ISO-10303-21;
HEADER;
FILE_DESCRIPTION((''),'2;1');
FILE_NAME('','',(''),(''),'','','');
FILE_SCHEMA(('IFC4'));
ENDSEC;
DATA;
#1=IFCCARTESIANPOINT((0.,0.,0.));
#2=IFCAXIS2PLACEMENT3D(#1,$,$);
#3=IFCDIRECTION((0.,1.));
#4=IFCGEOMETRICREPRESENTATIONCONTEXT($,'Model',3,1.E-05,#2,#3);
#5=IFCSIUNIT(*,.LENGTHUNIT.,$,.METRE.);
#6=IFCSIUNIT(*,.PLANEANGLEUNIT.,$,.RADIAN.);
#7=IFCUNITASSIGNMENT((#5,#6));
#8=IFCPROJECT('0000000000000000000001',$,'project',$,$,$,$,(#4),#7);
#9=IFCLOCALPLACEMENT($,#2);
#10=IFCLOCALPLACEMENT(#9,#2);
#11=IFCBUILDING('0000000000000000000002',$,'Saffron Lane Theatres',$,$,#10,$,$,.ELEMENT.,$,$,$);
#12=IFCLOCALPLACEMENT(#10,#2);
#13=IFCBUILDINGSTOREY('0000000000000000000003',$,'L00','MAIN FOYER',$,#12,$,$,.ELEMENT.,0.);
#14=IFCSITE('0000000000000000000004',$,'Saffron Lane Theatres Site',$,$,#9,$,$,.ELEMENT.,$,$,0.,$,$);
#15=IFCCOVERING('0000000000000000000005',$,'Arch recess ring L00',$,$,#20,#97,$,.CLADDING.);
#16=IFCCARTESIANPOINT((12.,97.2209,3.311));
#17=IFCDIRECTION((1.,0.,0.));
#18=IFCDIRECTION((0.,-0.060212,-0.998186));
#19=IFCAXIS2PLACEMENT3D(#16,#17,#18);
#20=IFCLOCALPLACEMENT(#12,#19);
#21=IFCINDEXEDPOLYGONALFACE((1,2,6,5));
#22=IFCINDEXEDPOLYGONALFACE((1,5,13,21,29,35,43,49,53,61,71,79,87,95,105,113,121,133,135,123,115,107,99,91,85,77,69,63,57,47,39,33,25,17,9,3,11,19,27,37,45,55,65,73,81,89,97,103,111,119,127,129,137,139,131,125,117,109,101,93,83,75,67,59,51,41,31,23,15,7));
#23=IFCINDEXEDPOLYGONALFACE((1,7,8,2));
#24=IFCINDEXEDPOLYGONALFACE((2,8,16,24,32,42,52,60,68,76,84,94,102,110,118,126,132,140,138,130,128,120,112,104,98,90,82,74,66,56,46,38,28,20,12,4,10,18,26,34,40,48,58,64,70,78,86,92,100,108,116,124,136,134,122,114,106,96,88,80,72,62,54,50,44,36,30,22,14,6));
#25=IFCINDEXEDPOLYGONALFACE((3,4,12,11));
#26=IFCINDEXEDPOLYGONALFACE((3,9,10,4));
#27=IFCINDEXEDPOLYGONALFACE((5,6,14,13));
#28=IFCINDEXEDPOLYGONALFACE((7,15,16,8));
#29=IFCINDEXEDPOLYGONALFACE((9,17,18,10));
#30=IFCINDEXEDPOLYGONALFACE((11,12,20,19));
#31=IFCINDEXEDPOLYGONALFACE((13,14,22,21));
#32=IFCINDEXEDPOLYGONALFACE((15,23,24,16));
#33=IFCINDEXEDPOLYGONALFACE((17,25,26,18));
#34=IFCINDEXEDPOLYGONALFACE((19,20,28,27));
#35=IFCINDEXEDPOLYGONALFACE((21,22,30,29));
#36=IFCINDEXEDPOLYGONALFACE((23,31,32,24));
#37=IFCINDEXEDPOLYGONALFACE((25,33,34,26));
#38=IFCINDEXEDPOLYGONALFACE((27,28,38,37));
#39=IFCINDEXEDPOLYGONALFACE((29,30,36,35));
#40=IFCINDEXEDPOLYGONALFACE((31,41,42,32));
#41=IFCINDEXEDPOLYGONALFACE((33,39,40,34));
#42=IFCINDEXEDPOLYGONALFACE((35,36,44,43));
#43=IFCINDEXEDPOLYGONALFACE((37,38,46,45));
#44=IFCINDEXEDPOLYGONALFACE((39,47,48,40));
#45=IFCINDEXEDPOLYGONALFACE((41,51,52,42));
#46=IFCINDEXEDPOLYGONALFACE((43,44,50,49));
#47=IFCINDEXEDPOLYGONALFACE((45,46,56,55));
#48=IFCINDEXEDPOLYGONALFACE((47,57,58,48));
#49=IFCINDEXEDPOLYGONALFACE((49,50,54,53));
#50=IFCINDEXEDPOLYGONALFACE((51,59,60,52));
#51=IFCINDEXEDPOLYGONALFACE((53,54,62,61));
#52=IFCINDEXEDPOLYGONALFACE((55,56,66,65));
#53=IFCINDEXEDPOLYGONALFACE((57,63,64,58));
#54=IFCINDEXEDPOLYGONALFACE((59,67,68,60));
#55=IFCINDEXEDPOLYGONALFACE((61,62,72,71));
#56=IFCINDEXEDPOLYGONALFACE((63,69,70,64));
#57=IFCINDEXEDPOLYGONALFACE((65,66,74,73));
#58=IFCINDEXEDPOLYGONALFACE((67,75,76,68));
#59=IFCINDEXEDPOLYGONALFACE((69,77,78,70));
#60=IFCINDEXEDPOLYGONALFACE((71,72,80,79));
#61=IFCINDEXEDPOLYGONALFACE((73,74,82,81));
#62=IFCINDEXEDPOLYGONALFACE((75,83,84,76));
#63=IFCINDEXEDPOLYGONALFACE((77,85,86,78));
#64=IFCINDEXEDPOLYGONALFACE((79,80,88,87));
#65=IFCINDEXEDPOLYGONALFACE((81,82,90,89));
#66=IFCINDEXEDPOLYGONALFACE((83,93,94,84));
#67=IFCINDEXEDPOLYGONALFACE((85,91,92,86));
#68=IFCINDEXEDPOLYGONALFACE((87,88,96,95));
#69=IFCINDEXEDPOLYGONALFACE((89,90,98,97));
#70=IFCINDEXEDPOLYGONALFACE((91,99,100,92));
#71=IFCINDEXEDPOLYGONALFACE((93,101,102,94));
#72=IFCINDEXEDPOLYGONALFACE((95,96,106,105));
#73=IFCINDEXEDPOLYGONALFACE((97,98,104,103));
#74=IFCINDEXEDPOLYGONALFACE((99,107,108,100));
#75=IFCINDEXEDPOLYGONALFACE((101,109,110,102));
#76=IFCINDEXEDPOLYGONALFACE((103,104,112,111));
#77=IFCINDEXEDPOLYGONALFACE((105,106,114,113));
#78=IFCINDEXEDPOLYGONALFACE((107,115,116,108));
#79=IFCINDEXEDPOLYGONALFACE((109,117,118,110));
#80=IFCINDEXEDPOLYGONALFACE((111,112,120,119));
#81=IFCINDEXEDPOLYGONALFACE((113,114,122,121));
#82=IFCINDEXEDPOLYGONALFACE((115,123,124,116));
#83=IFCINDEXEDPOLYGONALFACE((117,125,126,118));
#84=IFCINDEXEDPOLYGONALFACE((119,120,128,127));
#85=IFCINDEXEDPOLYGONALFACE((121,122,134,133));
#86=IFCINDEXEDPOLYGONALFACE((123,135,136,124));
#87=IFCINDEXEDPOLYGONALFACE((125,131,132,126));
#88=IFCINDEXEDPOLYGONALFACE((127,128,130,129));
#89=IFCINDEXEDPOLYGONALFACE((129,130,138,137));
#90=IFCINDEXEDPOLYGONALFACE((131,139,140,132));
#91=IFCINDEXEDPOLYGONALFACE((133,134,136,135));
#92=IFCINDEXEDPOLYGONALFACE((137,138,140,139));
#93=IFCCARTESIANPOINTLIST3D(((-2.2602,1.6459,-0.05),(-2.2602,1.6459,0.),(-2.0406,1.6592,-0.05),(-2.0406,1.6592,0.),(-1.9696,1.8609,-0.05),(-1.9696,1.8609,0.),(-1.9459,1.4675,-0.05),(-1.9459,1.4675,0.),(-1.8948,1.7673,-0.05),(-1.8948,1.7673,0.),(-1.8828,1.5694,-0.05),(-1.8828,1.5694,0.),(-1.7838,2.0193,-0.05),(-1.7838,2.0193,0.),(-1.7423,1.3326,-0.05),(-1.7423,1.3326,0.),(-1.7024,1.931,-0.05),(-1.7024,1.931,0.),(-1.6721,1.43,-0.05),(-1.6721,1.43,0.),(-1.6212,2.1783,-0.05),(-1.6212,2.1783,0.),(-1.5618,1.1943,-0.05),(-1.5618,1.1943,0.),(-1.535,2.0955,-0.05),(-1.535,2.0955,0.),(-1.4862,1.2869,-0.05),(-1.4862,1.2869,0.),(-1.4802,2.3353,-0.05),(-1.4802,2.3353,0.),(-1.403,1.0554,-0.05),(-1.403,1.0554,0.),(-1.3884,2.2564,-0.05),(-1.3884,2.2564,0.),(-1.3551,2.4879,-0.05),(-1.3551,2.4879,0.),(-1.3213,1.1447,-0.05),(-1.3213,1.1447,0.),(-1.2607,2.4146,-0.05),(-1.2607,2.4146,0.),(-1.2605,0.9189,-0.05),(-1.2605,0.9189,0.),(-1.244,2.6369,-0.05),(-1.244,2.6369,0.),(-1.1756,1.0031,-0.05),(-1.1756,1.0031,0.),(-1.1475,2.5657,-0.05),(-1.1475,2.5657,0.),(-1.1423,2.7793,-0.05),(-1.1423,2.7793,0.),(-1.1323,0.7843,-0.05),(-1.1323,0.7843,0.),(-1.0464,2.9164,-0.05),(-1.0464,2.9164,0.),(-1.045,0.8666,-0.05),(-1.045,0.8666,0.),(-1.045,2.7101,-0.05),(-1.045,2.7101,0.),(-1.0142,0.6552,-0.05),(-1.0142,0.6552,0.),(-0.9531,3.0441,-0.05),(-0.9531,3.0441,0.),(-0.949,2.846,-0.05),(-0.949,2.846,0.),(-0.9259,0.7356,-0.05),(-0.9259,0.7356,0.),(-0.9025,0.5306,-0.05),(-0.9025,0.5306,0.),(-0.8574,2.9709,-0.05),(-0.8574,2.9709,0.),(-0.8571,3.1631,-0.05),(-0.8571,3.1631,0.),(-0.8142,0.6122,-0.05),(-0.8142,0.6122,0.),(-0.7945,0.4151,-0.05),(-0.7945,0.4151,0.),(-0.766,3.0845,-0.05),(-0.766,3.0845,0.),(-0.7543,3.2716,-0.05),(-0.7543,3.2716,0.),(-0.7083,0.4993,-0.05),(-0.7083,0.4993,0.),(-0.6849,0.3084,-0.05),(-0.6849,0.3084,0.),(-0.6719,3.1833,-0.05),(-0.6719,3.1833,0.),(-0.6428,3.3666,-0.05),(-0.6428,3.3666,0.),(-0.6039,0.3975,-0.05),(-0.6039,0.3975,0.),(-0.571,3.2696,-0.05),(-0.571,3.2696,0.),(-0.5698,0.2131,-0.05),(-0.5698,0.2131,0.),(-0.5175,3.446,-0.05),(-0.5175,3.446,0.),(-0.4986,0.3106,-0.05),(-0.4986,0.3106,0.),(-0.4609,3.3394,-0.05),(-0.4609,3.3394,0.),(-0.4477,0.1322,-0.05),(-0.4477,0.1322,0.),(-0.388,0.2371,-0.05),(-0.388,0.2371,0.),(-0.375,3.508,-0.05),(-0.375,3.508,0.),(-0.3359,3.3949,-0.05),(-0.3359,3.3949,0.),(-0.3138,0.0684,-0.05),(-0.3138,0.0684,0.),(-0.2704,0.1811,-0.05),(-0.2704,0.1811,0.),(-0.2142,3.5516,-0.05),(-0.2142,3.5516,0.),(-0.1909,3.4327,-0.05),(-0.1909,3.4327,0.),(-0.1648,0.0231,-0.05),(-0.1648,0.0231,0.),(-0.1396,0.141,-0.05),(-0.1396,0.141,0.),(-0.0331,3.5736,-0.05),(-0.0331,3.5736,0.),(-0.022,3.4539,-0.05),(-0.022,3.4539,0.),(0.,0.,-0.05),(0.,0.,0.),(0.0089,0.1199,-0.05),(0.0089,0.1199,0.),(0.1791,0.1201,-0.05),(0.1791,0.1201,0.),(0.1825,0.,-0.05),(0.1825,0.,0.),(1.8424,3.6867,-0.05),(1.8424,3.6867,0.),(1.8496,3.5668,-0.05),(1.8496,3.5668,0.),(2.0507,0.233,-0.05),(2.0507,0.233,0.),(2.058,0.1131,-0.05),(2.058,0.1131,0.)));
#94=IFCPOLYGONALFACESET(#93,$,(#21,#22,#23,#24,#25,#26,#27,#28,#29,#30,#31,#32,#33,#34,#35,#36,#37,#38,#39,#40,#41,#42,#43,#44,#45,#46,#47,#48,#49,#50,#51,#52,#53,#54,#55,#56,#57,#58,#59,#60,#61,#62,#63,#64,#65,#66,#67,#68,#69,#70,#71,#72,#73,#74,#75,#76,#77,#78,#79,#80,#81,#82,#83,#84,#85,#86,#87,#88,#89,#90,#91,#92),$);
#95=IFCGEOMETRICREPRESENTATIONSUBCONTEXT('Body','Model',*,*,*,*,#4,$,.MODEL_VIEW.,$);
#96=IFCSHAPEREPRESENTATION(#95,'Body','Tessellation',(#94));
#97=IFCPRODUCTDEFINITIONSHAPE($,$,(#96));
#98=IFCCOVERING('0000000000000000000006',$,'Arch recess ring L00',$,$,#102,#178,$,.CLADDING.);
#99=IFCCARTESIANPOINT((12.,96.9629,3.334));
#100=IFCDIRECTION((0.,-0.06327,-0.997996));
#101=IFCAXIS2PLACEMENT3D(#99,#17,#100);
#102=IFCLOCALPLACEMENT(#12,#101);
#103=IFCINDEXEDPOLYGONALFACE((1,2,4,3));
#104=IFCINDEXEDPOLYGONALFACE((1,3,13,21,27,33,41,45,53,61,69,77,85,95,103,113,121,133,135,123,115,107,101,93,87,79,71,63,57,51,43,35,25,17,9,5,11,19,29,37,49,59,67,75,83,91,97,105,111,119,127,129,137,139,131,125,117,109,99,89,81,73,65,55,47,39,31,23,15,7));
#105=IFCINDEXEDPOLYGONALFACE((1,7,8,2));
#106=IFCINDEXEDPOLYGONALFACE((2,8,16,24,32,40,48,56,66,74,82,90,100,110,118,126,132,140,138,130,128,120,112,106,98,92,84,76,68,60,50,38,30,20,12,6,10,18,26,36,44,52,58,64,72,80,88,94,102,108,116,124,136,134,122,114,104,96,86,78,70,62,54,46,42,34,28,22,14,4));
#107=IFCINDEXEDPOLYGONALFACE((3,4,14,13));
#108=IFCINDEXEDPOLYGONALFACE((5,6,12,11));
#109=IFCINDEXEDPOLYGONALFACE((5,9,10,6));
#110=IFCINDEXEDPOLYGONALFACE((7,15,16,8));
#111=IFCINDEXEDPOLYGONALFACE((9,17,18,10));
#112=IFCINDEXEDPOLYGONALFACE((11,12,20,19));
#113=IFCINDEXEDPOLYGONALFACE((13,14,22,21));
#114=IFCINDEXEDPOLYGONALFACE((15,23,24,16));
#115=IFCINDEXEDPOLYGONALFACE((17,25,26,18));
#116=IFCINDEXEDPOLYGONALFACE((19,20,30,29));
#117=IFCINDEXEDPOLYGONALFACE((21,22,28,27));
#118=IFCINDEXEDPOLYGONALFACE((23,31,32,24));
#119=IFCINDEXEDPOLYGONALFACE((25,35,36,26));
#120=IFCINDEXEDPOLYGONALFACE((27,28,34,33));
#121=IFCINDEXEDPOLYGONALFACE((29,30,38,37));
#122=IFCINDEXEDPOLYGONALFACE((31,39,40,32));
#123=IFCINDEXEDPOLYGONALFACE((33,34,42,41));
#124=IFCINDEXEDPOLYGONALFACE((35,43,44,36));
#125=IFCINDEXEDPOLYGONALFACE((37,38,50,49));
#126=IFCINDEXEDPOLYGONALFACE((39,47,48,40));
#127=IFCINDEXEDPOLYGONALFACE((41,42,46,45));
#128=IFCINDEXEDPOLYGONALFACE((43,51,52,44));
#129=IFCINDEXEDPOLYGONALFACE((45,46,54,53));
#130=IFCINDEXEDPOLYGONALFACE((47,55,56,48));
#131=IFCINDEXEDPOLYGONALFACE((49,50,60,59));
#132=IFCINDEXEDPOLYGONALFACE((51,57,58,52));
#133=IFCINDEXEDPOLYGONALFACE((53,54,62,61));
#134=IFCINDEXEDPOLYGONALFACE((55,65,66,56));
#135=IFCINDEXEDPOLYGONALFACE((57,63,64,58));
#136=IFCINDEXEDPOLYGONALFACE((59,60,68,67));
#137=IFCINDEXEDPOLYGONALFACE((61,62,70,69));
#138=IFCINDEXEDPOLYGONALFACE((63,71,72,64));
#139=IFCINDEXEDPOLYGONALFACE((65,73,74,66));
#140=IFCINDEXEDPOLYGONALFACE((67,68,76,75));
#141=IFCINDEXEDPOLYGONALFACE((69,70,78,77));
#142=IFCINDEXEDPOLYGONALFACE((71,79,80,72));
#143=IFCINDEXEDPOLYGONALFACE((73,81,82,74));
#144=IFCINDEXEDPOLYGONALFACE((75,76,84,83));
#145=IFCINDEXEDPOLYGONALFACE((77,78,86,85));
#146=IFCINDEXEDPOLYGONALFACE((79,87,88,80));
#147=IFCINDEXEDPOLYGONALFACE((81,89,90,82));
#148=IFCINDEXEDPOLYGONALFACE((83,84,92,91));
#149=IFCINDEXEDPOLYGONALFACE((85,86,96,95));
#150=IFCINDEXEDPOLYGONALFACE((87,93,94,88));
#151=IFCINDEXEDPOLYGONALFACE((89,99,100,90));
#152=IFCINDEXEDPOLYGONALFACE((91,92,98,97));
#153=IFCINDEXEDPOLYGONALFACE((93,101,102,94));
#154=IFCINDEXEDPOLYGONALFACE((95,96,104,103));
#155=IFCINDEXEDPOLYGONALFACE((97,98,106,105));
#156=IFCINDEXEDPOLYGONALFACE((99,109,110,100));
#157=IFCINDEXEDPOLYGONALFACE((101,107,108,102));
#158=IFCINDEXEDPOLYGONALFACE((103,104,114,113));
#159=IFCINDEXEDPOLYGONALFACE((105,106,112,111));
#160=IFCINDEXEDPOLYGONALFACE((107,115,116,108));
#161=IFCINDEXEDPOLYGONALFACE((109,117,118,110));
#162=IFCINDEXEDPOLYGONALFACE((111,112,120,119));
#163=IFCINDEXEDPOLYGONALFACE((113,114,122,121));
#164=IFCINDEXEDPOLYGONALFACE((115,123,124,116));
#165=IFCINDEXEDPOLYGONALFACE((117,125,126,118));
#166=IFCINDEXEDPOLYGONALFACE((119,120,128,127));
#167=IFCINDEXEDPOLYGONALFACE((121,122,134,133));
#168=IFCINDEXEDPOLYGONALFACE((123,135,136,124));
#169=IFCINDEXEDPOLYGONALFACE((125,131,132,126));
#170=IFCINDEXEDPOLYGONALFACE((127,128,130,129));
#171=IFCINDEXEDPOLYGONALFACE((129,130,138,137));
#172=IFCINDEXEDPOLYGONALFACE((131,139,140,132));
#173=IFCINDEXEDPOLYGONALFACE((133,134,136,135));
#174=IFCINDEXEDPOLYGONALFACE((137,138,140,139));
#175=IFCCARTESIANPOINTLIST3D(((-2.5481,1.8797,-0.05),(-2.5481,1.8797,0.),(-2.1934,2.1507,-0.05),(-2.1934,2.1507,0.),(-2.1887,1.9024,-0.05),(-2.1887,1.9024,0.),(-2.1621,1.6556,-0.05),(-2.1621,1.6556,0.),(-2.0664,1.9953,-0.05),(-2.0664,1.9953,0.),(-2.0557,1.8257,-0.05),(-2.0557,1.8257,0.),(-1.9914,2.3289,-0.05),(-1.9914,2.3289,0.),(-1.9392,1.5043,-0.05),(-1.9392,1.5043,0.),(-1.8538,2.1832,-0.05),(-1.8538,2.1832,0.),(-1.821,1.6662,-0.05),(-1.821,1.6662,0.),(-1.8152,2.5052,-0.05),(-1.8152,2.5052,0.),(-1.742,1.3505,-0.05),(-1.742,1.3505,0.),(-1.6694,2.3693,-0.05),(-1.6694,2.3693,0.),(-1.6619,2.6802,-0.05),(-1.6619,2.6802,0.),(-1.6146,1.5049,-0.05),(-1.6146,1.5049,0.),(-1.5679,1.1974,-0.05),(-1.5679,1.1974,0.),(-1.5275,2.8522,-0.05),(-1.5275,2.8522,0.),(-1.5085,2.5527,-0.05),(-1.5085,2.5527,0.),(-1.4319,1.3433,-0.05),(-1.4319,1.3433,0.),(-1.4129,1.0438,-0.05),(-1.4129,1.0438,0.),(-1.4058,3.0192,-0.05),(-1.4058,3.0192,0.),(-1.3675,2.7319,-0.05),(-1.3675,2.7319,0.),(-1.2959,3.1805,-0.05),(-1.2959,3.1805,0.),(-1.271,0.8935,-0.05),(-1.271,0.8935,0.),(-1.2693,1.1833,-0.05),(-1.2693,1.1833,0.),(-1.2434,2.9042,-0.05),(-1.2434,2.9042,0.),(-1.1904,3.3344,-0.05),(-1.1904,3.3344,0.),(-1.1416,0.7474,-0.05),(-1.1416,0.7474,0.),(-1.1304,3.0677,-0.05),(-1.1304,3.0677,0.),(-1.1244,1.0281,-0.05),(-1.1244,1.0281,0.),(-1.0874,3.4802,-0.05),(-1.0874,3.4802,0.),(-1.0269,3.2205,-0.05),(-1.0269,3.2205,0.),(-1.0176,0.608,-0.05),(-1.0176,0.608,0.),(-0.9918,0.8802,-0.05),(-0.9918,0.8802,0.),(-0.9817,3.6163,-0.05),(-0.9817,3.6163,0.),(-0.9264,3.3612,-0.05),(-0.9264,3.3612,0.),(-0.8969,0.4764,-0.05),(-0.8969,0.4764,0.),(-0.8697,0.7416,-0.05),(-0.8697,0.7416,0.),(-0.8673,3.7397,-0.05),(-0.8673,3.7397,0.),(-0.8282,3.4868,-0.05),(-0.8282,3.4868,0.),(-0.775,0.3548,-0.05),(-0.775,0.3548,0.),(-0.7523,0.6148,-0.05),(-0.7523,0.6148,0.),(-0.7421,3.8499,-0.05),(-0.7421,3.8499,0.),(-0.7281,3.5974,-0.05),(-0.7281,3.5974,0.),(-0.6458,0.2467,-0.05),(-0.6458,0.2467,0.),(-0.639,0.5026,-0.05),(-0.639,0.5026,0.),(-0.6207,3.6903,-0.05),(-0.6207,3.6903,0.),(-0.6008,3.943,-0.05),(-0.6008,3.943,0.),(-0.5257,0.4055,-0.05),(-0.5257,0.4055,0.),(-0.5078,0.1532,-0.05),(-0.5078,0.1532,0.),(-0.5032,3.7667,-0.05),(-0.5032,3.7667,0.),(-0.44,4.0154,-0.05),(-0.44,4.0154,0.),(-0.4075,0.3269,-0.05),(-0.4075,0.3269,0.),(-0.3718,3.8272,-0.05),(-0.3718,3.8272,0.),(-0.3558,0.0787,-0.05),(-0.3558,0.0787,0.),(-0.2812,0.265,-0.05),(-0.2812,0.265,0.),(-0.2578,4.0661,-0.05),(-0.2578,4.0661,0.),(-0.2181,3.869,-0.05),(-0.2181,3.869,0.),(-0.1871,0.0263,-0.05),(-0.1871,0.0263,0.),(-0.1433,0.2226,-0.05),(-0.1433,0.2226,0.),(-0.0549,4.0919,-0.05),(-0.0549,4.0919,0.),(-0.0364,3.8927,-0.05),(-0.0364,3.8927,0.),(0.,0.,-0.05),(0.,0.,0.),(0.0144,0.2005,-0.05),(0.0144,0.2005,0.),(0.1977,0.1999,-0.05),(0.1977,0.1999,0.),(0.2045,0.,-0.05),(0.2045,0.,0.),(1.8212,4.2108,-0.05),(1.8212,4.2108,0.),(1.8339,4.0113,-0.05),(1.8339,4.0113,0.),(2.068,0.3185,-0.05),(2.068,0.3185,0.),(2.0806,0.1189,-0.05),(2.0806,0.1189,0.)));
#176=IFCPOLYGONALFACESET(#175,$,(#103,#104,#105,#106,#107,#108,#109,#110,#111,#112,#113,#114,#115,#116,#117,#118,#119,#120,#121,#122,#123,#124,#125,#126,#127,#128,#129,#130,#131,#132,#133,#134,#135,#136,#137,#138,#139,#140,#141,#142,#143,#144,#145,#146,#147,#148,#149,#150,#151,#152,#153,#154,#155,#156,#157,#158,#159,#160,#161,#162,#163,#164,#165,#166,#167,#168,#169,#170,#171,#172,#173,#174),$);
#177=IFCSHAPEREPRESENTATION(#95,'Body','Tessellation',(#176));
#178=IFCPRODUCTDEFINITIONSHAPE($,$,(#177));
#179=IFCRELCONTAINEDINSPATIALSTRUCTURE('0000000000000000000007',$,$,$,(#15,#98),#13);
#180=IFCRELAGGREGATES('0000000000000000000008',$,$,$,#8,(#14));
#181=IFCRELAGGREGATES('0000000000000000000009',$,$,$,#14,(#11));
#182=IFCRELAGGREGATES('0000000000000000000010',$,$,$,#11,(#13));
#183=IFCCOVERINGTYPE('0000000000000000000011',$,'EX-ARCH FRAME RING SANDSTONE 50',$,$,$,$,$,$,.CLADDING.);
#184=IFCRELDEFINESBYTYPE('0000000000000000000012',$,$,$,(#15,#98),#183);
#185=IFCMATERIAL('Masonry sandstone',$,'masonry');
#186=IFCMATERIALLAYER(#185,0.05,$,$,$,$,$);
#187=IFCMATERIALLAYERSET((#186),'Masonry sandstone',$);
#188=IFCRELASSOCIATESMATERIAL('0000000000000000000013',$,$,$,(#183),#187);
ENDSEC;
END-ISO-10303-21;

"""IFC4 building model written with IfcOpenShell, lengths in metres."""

from ifc_helpers import new_model, si_unit, direction, frame, origin, place, context, subcontext, project, spatial, polyline, outline, extrude, material, layer, layer_set, type_object, element, save


model = new_model("IFC4")

# Units and contexts
model_context = context("Model", 3, precision=1e-05, world=origin(), true_north=direction((0.0, 1.0)))
body_context = subcontext(model_context, "Body", "Model", "MODEL_VIEW")
ifc_project = project(units=[si_unit("LENGTHUNIT", "METRE"), si_unit("PLANEANGLEUNIT", "RADIAN")], contexts=[model_context])

# Site, building, storey
site_placement = place(None, origin())
site = spatial("IfcSite", under=ifc_project, at=site_placement, Name="Saffron Lane Theatres Site", CompositionType="ELEMENT", RefElevation=0.0)
building_placement = place(site_placement, origin())
building = spatial("IfcBuilding", under=site, at=building_placement, Name="Saffron Lane Theatres", CompositionType="ELEMENT")
storey_placement = place(building_placement, origin())
storey = spatial("IfcBuildingStorey", under=building, at=storey_placement, Name="L00", Description="MAIN FOYER", CompositionType="ELEMENT", Elevation=0.0)

# Coverings
ifc_material_1 = material(Name="Masonry sandstone", Category="masonry")
ifc_layer_1 = layer(ifc_material_1, 0.05)
ifc_layer_set_1 = layer_set([ifc_layer_1], Name="Masonry sandstone")
covering_type_1 = type_object("IfcCoveringType", Name="EX-ARCH FRAME RING SANDSTONE 50", PredefinedType="CLADDING", material=ifc_layer_set_1)
covering_1_placement = place(storey_placement, frame((12.0, 97.2209, 3.311), z_axis=(1.0, 0.0, 0.0), x_axis=(0.0, -0.060212, -0.998186)))
element("IfcCovering", 1, at=covering_1_placement, inside=storey, type_object=covering_type_1, Name="Arch recess ring L00", PredefinedType="CLADDING", context=body_context, shape_type="SweptSolid", body=[
    extrude(outline(polyline([(0.0, 0.0), (0.1825, 0.0), (2.058, 0.1131), (2.0507, 0.233), (0.1791, 0.1201), (0.0089, 0.1199), (-0.1396, 0.141), (-0.2704, 0.1811), (-0.388, 0.2371), (-0.4986, 0.3106), (-0.6039, 0.3975), (-0.7083, 0.4993), (-0.8142, 0.6122), (-0.9259, 0.7356), (-1.045, 0.8666), (-1.1756, 1.0031), (-1.3213, 1.1447), (-1.4862, 1.2869), (-1.6721, 1.43), (-1.8828, 1.5694), (-2.0406, 1.6592), (-1.8948, 1.7673), (-1.7024, 1.931), (-1.535, 2.0955), (-1.3884, 2.2564), (-1.2607, 2.4146), (-1.1475, 2.5657), (-1.045, 2.7101), (-0.949, 2.846), (-0.8574, 2.9709), (-0.766, 3.0845), (-0.6719, 3.1833), (-0.571, 3.2696), (-0.4609, 3.3394), (-0.3359, 3.3949), (-0.1909, 3.4327), (-0.022, 3.4539), (1.8496, 3.5668), (1.8424, 3.6867), (-0.0331, 3.5736), (-0.2142, 3.5516), (-0.375, 3.508), (-0.5175, 3.446), (-0.6428, 3.3666), (-0.7543, 3.2716), (-0.8571, 3.1631), (-0.9531, 3.0441), (-1.0464, 2.9164), (-1.1423, 2.7793), (-1.244, 2.6369), (-1.3551, 2.4879), (-1.4802, 2.3353), (-1.6212, 2.1783), (-1.7838, 2.0193), (-1.9696, 1.8609), (-2.2602, 1.6459), (-1.9459, 1.4675), (-1.7423, 1.3326), (-1.5618, 1.1943), (-1.403, 1.0554), (-1.2605, 0.9189), (-1.1323, 0.7843), (-1.0142, 0.6552), (-0.9025, 0.5306), (-0.7945, 0.4151), (-0.6849, 0.3084), (-0.5698, 0.2131), (-0.4477, 0.1322), (-0.3138, 0.0684), (-0.1648, 0.0231), (0.0, 0.0)])), origin(), (0.0, 0.0, -1.0), 0.05),
])
covering_2_placement = place(storey_placement, frame((12.0, 96.9629, 3.334), z_axis=(1.0, 0.0, 0.0), x_axis=(0.0, -0.06327, -0.997996)))
element("IfcCovering", 2, at=covering_2_placement, inside=storey, type_object=covering_type_1, Name="Arch recess ring L00", PredefinedType="CLADDING", context=body_context, shape_type="SweptSolid", body=[
    extrude(outline(polyline([(0.0, 0.0), (0.2045, 0.0), (2.0806, 0.1189), (2.068, 0.3185), (0.1977, 0.1999), (0.0144, 0.2005), (-0.1433, 0.2226), (-0.2812, 0.265), (-0.4075, 0.3269), (-0.5257, 0.4055), (-0.639, 0.5026), (-0.7523, 0.6148), (-0.8697, 0.7416), (-0.9918, 0.8802), (-1.1244, 1.0281), (-1.2693, 1.1833), (-1.4319, 1.3433), (-1.6146, 1.5049), (-1.821, 1.6662), (-2.0557, 1.8257), (-2.1887, 1.9024), (-2.0664, 1.9953), (-1.8538, 2.1832), (-1.6694, 2.3693), (-1.5085, 2.5527), (-1.3675, 2.7319), (-1.2434, 2.9042), (-1.1304, 3.0677), (-1.0269, 3.2205), (-0.9264, 3.3612), (-0.8282, 3.4868), (-0.7281, 3.5974), (-0.6207, 3.6903), (-0.5032, 3.7667), (-0.3718, 3.8272), (-0.2181, 3.869), (-0.0364, 3.8927), (1.8339, 4.0113), (1.8212, 4.2108), (-0.0549, 4.0919), (-0.2578, 4.0661), (-0.44, 4.0154), (-0.6008, 3.943), (-0.7421, 3.8499), (-0.8673, 3.7397), (-0.9817, 3.6163), (-1.0874, 3.4802), (-1.1904, 3.3344), (-1.2959, 3.1805), (-1.4058, 3.0192), (-1.5275, 2.8522), (-1.6619, 2.6802), (-1.8152, 2.5052), (-1.9914, 2.3289), (-2.1934, 2.1507), (-2.5481, 1.8797), (-2.1621, 1.6556), (-1.9392, 1.5043), (-1.742, 1.3505), (-1.5679, 1.1974), (-1.4129, 1.0438), (-1.271, 0.8935), (-1.1416, 0.7474), (-1.0176, 0.608), (-0.8969, 0.4764), (-0.775, 0.3548), (-0.6458, 0.2467), (-0.5078, 0.1532), (-0.3558, 0.0787), (-0.1871, 0.0263), (0.0, 0.0)])), origin(), (0.0, 0.0, -1.0), 0.05),
])

save(model, "model.ifc")
